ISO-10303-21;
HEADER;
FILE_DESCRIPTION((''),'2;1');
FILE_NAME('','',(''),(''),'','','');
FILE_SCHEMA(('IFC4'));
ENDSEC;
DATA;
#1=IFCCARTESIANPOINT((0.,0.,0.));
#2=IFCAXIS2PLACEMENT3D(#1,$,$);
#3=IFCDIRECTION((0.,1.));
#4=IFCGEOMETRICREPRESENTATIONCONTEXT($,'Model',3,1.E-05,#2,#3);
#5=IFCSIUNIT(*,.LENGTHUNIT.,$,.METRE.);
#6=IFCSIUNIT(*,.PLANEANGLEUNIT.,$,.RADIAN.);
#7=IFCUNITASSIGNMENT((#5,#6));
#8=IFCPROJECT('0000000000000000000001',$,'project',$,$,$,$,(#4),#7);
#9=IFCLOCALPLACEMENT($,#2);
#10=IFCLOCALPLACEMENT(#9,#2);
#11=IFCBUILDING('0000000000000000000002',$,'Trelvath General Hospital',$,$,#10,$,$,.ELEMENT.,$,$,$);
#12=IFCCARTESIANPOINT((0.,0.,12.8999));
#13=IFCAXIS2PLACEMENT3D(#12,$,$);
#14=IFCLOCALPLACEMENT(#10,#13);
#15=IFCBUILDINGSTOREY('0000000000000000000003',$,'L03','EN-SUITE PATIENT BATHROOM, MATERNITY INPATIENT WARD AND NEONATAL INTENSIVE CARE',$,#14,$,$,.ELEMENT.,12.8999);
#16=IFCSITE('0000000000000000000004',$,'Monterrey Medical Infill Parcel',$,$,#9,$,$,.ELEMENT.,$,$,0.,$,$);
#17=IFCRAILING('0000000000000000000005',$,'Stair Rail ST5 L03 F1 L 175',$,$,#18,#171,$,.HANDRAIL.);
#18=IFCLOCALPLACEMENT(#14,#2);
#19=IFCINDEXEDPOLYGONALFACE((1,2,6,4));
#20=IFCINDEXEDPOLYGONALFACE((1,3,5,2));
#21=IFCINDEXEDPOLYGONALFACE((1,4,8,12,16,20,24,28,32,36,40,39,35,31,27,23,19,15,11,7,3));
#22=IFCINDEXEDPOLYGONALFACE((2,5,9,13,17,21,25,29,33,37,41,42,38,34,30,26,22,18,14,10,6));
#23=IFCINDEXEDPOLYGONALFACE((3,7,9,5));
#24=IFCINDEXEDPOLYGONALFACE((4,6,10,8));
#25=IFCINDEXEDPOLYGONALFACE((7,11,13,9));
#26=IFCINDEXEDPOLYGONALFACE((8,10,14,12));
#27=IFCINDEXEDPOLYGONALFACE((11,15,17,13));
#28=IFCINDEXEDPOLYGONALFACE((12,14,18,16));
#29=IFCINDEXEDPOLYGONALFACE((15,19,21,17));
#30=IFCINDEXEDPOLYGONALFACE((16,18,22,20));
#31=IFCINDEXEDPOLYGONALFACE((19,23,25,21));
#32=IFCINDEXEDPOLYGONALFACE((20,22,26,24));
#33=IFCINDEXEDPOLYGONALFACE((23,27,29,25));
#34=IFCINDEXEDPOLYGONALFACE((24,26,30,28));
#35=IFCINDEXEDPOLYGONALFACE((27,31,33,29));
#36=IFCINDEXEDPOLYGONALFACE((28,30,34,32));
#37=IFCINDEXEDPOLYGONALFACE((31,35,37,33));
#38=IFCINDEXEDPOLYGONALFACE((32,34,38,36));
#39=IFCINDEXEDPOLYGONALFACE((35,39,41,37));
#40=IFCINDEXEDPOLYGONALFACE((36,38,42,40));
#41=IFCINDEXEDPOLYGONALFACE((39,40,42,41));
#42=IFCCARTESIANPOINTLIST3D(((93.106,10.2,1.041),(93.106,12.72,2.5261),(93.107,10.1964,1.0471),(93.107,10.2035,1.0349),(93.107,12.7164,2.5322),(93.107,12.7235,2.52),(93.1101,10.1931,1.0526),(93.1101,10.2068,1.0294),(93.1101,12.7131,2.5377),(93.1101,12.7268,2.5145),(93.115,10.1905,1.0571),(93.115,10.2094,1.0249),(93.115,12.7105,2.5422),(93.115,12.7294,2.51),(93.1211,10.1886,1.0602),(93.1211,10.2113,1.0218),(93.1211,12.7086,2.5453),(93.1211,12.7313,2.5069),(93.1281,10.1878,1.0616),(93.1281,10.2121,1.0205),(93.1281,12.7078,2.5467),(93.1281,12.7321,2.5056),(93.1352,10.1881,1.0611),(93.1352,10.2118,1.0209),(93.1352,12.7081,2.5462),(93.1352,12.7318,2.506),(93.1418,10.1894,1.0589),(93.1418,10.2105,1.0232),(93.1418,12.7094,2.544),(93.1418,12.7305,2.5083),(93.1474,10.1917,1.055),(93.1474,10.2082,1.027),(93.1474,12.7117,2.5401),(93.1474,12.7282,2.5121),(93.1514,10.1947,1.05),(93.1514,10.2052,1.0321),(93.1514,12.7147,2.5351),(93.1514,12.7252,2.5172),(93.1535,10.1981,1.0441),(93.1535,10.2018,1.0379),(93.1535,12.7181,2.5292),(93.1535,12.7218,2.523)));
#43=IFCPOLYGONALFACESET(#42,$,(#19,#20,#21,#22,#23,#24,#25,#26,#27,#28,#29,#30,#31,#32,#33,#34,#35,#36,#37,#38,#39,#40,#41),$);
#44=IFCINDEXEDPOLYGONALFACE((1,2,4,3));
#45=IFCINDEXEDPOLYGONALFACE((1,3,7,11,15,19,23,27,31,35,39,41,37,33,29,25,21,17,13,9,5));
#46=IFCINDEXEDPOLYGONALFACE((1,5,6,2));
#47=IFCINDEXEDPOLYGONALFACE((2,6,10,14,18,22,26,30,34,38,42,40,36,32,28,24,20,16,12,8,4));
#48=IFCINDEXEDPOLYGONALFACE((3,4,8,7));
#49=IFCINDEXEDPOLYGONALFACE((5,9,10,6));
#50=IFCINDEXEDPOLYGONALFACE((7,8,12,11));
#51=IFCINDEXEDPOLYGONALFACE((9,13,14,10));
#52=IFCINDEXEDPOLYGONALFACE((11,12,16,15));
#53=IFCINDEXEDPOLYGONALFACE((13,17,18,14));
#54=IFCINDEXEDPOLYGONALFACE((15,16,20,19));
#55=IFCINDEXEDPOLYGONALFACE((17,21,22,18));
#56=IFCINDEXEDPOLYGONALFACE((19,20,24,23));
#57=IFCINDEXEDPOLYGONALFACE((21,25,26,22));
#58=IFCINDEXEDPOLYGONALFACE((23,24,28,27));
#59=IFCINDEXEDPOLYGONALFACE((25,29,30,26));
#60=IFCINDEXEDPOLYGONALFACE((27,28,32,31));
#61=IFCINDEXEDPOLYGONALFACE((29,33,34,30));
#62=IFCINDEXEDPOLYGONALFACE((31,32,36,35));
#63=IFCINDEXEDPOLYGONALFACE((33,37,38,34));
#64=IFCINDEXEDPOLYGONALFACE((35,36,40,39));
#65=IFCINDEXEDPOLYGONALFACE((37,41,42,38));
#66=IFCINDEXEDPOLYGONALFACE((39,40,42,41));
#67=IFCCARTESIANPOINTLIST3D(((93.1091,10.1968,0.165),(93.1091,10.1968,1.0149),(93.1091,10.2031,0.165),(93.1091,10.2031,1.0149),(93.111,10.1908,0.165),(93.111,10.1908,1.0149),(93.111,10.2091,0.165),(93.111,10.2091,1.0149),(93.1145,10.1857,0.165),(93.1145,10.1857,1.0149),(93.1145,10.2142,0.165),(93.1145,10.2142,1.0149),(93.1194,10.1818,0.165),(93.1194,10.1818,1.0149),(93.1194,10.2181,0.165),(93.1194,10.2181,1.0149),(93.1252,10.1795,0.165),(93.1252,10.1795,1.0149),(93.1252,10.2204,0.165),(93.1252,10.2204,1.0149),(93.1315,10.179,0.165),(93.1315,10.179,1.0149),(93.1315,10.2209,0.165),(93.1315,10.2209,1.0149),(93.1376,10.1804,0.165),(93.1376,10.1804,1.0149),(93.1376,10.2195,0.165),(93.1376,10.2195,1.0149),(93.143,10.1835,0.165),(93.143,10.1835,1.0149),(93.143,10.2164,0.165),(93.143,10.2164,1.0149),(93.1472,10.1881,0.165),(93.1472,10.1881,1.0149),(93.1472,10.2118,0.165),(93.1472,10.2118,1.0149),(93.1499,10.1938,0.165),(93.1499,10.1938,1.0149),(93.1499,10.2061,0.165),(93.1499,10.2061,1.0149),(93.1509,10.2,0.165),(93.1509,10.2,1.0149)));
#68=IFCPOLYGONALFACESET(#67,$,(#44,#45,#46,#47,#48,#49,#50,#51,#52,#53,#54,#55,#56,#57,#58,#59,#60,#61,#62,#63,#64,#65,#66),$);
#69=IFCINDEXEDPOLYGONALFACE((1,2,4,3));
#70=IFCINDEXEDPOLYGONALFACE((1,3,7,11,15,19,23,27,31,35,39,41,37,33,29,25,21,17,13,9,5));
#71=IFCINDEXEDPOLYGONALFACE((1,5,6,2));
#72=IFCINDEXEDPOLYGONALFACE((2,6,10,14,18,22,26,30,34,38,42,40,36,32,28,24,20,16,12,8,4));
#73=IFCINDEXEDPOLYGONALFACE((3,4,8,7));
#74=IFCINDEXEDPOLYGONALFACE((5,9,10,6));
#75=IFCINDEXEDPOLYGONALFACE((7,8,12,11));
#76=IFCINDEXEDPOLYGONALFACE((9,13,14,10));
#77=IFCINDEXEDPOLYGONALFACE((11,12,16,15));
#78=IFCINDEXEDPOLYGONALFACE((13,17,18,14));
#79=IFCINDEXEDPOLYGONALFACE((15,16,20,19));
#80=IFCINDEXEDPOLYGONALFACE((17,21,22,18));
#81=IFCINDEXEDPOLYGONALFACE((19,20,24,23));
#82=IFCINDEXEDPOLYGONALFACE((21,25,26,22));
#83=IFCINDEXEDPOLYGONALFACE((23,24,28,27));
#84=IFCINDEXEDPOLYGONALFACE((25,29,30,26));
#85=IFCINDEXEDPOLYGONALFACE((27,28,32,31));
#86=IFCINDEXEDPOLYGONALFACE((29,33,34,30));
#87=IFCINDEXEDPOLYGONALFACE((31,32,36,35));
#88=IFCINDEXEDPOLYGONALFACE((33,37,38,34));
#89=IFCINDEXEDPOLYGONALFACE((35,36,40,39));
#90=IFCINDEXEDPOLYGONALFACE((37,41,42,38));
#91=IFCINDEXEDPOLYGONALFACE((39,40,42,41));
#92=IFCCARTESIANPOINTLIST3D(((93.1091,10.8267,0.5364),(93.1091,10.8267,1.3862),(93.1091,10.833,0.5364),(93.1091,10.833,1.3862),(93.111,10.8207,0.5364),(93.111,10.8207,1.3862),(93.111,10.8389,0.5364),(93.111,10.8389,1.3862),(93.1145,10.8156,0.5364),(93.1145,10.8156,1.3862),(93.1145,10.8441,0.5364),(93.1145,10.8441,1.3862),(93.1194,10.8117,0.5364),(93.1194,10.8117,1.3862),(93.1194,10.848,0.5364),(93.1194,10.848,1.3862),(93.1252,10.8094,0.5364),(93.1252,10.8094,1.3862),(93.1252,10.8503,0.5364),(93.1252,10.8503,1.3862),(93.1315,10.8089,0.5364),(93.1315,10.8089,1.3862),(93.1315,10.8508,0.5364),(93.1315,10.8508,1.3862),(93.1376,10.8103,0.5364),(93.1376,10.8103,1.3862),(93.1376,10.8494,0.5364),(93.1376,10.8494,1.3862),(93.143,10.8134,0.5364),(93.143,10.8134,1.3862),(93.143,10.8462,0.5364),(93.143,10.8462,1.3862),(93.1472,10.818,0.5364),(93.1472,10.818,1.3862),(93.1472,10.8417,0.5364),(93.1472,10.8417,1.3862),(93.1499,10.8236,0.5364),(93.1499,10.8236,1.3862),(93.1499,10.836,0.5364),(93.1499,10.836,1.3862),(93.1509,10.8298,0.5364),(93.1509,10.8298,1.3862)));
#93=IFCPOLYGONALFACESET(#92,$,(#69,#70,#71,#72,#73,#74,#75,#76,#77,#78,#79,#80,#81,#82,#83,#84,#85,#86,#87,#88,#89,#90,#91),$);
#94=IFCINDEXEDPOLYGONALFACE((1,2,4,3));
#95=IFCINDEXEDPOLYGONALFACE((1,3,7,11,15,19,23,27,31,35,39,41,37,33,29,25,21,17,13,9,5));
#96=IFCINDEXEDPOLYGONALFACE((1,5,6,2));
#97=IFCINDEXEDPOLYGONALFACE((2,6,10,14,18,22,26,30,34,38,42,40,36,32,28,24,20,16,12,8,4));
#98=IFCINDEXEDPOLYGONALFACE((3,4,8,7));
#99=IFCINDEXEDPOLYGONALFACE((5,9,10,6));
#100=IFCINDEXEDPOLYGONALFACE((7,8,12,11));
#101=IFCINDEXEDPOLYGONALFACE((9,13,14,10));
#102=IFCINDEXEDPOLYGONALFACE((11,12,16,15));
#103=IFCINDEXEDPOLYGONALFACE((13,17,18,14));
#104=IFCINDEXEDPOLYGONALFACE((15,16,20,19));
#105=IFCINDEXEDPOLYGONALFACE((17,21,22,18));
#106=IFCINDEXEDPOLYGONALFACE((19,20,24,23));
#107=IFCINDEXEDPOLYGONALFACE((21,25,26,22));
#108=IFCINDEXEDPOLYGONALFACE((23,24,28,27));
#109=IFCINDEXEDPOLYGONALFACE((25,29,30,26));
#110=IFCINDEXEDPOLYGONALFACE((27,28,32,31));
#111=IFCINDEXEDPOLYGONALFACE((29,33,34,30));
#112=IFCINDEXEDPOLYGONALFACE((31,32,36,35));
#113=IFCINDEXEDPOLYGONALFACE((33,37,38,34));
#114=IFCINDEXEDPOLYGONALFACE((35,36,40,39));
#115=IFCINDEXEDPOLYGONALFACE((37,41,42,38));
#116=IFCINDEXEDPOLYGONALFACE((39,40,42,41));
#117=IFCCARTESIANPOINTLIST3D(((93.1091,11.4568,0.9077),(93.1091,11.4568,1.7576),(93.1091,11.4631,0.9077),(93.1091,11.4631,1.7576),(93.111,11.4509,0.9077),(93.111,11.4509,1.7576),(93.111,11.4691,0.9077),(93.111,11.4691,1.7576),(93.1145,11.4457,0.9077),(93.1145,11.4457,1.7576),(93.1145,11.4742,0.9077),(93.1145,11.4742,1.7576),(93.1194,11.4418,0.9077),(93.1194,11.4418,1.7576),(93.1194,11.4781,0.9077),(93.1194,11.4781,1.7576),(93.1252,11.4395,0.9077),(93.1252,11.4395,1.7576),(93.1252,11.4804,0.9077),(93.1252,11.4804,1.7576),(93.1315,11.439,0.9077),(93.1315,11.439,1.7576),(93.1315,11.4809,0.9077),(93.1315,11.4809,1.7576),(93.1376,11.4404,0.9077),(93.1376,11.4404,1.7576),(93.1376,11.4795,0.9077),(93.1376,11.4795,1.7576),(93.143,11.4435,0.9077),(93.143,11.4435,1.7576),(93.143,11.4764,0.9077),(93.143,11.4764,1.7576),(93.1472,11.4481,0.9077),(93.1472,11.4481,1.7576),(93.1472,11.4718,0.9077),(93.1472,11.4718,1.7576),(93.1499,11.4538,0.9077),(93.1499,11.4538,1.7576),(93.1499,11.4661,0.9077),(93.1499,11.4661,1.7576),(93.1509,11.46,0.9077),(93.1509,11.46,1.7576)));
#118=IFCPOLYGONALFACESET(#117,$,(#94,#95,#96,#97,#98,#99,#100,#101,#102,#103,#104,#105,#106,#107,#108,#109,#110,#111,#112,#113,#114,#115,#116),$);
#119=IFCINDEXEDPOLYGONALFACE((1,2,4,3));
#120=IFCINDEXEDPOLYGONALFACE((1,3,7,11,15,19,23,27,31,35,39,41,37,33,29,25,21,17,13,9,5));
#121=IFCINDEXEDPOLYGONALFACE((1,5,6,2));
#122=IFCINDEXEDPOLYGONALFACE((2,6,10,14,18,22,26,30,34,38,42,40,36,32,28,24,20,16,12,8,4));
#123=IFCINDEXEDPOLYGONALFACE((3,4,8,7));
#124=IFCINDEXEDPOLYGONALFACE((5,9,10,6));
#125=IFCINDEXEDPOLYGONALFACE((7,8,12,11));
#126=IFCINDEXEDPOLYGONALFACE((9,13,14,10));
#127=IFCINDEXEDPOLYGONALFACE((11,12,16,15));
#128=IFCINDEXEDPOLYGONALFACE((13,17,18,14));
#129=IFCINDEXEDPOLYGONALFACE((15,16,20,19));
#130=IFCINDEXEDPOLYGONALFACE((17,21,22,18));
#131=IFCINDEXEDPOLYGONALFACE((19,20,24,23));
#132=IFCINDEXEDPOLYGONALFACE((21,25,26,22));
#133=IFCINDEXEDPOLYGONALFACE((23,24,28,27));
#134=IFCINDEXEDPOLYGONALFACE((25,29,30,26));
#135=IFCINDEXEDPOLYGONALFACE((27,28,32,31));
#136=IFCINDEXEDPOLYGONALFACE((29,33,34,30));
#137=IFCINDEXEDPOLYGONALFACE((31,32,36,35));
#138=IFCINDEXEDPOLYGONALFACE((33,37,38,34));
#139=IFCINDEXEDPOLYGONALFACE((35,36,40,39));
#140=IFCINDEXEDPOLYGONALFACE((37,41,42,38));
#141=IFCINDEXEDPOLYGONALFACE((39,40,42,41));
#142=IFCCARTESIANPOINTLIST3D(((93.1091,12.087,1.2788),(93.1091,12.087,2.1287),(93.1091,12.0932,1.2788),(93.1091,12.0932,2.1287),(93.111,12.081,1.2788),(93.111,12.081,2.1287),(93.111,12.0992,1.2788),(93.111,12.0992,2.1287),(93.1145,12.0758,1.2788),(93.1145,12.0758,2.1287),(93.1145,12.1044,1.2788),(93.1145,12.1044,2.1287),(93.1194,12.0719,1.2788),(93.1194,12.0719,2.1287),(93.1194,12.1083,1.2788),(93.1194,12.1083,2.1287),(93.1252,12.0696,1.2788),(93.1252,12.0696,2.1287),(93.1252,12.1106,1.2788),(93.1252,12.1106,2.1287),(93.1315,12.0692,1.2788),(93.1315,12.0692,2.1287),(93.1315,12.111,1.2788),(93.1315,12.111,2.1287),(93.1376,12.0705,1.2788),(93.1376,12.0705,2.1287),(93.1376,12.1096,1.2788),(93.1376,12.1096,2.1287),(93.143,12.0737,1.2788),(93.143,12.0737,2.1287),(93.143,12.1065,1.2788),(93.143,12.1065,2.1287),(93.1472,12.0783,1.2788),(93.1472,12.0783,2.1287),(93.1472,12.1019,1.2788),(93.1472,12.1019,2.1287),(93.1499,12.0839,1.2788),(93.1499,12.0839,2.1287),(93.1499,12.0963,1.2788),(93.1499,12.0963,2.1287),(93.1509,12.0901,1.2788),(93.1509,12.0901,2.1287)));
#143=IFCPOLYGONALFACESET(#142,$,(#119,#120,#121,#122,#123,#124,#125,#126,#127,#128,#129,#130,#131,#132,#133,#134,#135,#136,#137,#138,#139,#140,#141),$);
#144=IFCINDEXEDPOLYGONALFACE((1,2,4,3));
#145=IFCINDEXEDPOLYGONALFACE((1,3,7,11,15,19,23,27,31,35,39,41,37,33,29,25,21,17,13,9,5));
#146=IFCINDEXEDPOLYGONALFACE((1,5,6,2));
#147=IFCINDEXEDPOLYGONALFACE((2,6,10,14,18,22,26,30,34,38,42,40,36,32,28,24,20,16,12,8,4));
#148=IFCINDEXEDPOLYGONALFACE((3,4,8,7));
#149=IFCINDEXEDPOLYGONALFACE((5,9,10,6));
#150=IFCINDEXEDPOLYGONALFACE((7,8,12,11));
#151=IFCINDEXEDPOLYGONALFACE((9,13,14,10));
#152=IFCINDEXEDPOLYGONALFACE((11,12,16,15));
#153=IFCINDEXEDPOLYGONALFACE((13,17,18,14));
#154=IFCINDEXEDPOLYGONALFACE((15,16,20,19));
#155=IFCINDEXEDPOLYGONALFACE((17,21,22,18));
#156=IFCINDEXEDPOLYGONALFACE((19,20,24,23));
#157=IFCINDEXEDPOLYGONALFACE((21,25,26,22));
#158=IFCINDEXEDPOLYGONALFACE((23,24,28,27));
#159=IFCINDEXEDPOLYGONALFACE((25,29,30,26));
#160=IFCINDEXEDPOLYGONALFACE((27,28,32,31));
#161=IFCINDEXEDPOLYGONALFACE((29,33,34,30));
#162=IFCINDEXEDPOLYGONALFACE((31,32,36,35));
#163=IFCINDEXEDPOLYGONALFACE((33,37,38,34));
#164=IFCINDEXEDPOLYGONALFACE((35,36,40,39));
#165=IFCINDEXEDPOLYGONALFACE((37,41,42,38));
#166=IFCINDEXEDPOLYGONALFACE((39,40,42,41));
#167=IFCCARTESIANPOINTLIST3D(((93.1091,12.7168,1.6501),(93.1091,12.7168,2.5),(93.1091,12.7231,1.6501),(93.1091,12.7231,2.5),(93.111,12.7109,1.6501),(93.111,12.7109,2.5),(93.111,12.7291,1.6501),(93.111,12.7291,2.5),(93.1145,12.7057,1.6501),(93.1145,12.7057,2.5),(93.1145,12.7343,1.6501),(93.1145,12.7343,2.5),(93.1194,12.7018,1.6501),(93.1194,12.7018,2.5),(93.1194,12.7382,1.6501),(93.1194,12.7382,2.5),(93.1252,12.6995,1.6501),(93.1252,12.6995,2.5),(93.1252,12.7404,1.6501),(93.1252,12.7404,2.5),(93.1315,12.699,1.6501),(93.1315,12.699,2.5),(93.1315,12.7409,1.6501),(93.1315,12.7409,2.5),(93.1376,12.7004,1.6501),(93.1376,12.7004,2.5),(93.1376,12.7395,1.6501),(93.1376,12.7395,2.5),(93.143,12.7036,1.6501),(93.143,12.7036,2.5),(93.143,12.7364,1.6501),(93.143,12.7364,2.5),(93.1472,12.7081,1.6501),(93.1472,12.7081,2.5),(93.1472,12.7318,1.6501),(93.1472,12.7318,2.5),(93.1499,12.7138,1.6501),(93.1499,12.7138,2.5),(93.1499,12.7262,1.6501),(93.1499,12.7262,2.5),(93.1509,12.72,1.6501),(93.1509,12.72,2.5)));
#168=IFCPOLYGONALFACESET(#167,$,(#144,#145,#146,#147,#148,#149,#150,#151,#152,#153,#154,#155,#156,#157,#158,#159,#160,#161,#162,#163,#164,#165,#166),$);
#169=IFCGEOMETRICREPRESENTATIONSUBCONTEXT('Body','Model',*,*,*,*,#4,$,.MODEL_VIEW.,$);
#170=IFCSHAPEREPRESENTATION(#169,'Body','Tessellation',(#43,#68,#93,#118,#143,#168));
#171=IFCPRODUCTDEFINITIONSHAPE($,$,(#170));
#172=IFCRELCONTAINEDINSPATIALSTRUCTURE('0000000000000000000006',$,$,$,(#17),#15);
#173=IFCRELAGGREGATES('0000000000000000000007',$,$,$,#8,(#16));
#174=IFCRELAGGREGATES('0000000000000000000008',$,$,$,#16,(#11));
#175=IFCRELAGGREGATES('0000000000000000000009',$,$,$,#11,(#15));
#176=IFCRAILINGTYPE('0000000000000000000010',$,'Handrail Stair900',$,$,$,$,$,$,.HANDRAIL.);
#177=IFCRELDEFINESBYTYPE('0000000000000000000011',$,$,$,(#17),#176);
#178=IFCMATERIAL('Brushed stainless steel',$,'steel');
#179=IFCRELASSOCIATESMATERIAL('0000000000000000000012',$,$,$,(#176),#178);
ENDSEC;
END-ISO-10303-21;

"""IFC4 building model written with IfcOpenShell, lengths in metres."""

from ifc_helpers import new_model, si_unit, direction, frame, origin, origin_2d, place, context, subcontext, project, spatial, circle, extrude, material, type_object, element, save


model = new_model("IFC4")

# Units and contexts
model_context = context("Model", 3, precision=1e-05, world=origin(), true_north=direction((0.0, 1.0)))
body_context = subcontext(model_context, "Body", "Model", "MODEL_VIEW")
ifc_project = project(units=[si_unit("LENGTHUNIT", "METRE"), si_unit("PLANEANGLEUNIT", "RADIAN")], contexts=[model_context])

# Site, building, storey
site_placement = place(None, origin())
site = spatial("IfcSite", under=ifc_project, at=site_placement, Name="Monterrey Medical Infill Parcel", CompositionType="ELEMENT", RefElevation=0.0)
building_placement = place(site_placement, origin())
building = spatial("IfcBuilding", under=site, at=building_placement, Name="Trelvath General Hospital", CompositionType="ELEMENT")
storey_placement = place(building_placement, frame((0.0, 0.0, 12.8999)))
storey = spatial("IfcBuildingStorey", under=building, at=storey_placement, Name="L03", Description="EN-SUITE PATIENT BATHROOM, MATERNITY INPATIENT WARD AND NEONATAL INTENSIVE CARE", CompositionType="ELEMENT", Elevation=12.8999)

# Railing
ifc_material_1 = material(Name="Brushed stainless steel", Category="steel")
railing_type = type_object("IfcRailingType", Name="Handrail Stair900", PredefinedType="HANDRAIL", material=ifc_material_1)
railing_placement = place(storey_placement, frame((93.1299, 10.2, 0.165)))
element("IfcRailing", 1, at=railing_placement, inside=storey, type_object=railing_type, Name="Stair Rail ST5 L03 F1 L 175", PredefinedType="HANDRAIL", context=body_context, shape_type="SweptSolid", body=[
    extrude(circle(Radius=0.0239, at=origin_2d()), frame((0.0, 0.0, 0.876), z_axis=(0.0, 0.861524, 0.507717), x_axis=(-1.0, 0.0, 0.0)), (0.0, 0.0, 1.0), 2.925),
    extrude(circle(Radius=0.021, at=origin_2d()), origin(), (0.0, 0.0, 1.0), 0.8499),
    extrude(circle(Radius=0.021, at=origin_2d()), frame((0.0, 0.6299, 0.3713)), (0.0, 0.0, 1.0), 0.8499),
    extrude(circle(Radius=0.021, at=origin_2d()), frame((0.0, 1.26, 0.7427)), (0.0, 0.0, 1.0), 0.8499),
    extrude(circle(Radius=0.021, at=origin_2d()), frame((0.0, 1.8901, 1.1138)), (0.0, 0.0, 1.0), 0.8499),
    extrude(circle(Radius=0.021, at=origin_2d()), frame((0.0, 2.52, 1.4851)), (0.0, 0.0, 1.0), 0.8499),
])

save(model, "model.ifc")
